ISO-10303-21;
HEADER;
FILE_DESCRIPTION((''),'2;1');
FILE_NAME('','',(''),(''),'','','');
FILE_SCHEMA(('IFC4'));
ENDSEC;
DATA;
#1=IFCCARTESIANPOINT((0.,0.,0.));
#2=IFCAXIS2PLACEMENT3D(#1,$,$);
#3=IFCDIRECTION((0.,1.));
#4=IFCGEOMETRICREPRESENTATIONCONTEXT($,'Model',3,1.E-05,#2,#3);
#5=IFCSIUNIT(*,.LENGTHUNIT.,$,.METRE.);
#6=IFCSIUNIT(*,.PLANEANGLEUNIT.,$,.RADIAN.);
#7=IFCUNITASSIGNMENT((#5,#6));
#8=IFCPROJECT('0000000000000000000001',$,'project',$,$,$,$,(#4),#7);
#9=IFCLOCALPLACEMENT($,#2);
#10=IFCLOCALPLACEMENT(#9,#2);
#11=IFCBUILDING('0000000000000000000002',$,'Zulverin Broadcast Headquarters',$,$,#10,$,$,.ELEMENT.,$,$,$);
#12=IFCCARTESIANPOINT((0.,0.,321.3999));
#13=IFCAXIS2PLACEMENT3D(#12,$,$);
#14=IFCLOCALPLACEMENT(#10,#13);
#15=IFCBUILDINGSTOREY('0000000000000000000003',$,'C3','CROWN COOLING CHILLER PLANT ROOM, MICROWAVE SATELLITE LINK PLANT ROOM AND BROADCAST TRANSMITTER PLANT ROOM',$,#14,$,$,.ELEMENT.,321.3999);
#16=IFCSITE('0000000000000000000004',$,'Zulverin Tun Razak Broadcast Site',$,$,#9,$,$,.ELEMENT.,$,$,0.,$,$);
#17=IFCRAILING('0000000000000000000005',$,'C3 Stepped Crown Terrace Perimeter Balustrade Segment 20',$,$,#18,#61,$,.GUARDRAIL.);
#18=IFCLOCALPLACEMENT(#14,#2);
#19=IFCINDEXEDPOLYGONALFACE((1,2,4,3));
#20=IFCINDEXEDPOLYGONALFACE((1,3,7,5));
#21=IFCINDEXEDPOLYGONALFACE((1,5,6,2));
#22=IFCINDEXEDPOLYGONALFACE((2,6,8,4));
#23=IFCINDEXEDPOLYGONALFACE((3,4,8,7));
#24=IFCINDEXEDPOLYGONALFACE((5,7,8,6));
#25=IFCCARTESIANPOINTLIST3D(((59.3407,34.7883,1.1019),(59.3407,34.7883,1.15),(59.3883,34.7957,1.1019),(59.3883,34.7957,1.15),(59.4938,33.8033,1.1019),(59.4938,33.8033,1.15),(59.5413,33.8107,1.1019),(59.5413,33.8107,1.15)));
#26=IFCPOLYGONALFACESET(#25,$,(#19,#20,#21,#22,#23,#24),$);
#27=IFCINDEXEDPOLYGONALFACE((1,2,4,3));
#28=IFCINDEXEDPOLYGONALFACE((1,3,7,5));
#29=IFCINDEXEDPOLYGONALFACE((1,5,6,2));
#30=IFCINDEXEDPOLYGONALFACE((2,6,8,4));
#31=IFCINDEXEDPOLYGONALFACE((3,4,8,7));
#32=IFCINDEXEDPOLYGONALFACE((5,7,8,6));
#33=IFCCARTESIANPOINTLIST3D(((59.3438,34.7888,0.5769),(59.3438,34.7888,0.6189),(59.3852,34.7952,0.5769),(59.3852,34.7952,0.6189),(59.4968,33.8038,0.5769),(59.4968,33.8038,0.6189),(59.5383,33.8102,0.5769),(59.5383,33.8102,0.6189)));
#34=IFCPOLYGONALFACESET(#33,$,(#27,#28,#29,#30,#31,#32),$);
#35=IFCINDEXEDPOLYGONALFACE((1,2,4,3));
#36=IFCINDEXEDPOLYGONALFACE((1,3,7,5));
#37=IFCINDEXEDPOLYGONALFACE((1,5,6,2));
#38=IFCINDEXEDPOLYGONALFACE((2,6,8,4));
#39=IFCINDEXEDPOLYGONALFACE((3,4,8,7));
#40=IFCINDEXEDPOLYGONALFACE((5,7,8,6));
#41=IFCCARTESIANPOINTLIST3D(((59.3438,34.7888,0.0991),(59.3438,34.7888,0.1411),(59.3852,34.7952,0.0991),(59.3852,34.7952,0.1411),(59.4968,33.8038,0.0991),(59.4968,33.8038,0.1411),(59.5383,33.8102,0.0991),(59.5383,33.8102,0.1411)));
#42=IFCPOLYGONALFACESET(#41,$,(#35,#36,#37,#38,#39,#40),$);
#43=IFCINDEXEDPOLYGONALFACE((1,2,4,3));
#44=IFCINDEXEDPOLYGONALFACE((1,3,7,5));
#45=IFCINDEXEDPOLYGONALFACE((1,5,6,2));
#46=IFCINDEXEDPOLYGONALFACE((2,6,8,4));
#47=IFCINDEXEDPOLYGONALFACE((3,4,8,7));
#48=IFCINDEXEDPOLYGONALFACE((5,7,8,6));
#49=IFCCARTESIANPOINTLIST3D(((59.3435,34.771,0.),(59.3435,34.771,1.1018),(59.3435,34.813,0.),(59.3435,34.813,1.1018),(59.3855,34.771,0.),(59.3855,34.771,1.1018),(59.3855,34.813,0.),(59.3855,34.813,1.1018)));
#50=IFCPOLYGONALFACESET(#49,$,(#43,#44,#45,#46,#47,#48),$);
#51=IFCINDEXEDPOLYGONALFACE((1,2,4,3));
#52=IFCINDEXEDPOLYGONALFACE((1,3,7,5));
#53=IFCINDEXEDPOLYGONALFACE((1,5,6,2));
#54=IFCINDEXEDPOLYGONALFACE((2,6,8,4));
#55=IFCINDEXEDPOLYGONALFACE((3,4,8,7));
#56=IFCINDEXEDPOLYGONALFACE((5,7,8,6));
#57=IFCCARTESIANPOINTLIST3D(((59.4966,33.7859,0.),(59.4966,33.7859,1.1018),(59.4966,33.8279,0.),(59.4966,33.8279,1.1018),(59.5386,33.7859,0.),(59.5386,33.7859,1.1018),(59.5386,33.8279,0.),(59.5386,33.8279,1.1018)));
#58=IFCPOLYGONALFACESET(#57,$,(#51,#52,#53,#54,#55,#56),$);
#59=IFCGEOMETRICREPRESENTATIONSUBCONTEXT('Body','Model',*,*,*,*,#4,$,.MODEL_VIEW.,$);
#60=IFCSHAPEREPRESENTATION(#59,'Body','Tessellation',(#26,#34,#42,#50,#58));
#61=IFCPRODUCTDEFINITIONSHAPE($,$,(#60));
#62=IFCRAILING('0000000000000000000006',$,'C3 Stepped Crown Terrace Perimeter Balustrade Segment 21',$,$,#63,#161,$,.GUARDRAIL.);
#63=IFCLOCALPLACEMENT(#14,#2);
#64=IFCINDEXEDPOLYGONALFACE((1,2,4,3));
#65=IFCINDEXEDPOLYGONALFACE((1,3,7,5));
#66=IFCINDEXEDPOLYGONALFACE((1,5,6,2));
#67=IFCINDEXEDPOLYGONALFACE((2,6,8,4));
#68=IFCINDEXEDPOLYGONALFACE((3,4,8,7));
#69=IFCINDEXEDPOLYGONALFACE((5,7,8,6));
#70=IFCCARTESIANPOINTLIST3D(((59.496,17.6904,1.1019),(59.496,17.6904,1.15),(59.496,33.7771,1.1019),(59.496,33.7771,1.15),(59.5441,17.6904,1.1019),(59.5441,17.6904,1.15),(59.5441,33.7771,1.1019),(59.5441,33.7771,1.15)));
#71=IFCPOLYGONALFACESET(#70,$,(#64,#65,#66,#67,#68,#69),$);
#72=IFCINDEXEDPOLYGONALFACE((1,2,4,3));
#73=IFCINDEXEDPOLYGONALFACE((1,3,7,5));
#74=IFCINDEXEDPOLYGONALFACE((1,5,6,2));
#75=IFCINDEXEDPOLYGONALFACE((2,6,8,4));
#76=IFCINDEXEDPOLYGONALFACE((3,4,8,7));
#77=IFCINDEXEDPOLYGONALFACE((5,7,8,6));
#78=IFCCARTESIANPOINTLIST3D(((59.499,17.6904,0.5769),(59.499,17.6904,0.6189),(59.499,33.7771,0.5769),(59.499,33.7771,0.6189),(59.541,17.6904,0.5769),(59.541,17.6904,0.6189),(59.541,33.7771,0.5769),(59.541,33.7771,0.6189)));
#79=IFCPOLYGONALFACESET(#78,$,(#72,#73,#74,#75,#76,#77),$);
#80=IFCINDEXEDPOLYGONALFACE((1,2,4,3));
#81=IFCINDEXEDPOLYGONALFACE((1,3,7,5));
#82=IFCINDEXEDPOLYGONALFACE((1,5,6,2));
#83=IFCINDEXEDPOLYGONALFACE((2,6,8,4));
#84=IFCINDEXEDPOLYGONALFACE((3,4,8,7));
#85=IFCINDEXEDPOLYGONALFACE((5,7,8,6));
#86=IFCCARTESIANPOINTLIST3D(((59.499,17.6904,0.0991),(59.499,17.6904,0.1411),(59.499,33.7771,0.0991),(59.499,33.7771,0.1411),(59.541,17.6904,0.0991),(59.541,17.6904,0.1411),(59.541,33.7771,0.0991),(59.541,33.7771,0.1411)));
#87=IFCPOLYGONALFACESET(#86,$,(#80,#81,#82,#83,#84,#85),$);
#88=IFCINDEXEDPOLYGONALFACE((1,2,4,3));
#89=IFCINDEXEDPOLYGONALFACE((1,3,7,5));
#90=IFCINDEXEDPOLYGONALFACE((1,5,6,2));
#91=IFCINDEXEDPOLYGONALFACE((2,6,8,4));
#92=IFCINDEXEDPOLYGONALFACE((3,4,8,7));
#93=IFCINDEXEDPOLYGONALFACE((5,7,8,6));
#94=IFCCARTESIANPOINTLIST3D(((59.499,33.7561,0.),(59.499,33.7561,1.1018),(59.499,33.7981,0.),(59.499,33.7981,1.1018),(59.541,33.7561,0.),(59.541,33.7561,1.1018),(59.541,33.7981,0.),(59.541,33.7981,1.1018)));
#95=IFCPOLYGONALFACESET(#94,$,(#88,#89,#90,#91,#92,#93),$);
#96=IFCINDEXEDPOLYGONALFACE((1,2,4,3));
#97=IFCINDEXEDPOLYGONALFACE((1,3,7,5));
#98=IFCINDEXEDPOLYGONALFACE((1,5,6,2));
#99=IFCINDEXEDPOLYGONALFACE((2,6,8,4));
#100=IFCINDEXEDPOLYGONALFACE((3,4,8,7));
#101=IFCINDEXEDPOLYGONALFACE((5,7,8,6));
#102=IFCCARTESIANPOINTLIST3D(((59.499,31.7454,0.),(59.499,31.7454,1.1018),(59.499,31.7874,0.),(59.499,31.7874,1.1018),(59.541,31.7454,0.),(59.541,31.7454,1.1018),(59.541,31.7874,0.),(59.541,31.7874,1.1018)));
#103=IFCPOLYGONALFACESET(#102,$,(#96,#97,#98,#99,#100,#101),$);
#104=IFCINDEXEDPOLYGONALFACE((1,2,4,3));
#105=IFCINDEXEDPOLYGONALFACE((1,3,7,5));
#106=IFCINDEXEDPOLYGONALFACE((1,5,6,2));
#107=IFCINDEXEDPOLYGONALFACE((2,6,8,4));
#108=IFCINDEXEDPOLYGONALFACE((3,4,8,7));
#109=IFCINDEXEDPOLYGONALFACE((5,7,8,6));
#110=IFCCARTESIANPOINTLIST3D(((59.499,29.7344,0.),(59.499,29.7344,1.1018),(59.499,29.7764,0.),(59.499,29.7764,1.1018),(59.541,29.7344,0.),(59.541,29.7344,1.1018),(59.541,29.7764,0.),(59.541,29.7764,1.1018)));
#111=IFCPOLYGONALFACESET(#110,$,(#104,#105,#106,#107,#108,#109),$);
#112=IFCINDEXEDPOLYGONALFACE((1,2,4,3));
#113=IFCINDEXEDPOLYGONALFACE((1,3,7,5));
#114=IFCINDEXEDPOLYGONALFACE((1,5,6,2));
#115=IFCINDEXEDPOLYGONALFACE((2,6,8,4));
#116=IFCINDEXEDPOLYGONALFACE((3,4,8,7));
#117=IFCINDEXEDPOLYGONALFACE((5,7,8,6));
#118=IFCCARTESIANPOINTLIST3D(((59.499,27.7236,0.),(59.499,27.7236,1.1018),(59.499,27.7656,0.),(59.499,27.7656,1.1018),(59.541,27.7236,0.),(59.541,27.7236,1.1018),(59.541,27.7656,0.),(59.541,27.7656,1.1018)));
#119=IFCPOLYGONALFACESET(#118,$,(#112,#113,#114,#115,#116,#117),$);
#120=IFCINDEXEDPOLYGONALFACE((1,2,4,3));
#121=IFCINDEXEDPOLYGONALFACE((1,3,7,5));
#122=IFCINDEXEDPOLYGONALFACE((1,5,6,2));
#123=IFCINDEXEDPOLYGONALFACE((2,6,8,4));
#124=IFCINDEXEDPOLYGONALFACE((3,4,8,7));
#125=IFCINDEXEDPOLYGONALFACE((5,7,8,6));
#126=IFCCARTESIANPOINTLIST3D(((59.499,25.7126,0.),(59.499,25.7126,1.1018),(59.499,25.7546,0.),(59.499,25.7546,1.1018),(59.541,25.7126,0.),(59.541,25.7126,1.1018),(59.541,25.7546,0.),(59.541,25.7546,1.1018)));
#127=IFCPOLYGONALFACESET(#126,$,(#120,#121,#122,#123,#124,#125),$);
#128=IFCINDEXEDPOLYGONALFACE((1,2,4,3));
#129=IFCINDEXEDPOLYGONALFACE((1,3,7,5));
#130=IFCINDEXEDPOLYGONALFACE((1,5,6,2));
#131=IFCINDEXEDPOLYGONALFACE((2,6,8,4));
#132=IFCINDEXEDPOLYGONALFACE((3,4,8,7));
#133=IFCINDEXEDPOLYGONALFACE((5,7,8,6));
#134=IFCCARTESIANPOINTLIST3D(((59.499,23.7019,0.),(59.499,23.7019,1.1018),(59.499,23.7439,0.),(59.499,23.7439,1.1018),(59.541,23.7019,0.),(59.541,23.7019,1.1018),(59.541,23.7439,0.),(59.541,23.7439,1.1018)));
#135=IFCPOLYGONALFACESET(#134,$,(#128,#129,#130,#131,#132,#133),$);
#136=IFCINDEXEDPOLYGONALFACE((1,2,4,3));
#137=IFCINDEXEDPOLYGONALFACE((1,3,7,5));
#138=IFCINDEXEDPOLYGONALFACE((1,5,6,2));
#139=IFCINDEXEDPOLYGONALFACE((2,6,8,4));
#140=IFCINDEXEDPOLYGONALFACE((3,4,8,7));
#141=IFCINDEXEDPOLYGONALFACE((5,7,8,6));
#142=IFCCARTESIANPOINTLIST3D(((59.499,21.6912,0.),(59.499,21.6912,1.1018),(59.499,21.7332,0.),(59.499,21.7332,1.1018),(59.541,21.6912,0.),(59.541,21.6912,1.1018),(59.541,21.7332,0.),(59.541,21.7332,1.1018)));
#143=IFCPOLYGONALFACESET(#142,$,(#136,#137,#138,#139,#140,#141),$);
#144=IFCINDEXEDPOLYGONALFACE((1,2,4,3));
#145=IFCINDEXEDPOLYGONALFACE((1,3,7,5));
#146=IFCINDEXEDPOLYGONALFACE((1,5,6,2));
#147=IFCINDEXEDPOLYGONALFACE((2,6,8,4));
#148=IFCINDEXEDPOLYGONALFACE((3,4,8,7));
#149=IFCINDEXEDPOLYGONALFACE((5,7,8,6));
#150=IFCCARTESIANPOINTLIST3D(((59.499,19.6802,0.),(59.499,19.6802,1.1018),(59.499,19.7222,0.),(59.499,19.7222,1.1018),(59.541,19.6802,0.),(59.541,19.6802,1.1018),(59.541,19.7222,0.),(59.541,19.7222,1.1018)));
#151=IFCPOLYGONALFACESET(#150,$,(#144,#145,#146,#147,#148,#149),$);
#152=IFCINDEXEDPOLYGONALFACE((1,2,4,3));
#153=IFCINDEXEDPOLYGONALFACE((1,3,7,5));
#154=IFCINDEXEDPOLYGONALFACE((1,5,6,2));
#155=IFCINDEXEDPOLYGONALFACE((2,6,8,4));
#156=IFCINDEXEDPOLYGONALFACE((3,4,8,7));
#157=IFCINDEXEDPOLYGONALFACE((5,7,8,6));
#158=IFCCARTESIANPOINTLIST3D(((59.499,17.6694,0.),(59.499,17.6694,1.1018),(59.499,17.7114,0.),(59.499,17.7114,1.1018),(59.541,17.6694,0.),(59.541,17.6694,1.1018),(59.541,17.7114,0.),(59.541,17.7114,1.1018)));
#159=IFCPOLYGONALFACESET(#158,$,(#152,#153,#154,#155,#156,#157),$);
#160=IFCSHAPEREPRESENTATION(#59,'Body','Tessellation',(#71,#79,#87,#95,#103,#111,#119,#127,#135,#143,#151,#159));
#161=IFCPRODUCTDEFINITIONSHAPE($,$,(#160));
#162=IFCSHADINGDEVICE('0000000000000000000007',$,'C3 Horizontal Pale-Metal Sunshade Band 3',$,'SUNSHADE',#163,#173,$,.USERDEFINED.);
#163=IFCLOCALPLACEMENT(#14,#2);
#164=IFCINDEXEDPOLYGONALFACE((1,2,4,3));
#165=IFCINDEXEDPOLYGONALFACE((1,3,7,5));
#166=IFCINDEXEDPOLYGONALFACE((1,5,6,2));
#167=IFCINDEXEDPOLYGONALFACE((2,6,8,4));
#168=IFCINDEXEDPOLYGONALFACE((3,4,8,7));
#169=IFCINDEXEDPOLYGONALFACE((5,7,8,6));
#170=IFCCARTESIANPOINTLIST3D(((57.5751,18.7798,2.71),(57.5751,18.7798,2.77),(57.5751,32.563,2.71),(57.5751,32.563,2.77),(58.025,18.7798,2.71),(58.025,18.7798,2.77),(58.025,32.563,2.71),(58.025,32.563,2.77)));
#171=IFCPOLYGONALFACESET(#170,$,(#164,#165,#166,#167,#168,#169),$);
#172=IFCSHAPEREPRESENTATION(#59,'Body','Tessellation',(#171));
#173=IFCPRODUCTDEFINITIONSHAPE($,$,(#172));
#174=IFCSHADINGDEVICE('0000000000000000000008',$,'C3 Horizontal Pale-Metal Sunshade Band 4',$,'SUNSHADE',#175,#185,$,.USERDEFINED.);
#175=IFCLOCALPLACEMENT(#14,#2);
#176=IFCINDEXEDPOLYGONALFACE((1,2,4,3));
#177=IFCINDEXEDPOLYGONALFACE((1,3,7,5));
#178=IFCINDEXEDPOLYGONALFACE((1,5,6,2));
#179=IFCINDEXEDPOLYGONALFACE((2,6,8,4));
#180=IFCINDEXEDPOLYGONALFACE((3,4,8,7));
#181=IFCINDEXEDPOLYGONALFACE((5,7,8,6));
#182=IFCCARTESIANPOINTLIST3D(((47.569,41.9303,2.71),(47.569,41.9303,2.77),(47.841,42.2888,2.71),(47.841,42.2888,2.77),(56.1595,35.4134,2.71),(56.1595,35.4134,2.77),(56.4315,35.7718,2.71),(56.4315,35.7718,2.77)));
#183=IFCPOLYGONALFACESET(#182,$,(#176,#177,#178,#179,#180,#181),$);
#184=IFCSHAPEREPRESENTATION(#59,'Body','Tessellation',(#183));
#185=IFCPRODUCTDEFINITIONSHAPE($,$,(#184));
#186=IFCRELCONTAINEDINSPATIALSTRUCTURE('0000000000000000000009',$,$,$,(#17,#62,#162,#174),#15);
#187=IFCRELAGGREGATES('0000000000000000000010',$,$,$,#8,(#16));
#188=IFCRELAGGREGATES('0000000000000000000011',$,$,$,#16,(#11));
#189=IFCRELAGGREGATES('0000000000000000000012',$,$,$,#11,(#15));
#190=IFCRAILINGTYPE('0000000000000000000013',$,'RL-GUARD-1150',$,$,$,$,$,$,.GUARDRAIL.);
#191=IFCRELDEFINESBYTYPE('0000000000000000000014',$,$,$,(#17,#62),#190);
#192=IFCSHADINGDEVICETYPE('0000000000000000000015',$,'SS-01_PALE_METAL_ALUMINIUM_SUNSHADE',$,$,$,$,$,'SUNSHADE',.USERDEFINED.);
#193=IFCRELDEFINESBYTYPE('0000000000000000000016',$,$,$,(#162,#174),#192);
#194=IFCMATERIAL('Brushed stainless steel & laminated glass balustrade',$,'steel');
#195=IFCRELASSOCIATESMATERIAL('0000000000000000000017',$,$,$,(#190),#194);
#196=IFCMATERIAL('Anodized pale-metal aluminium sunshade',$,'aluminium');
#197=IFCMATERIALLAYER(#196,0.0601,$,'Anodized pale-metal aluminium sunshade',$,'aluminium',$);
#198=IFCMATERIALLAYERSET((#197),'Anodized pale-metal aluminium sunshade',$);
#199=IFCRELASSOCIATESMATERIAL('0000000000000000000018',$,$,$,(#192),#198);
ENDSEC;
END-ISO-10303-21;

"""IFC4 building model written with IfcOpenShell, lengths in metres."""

from ifc_helpers import new_model, si_unit, direction, frame, origin, origin_2d, place, context, subcontext, project, spatial, rectangle, extrude, material, layer, layer_set, type_object, element, save


model = new_model("IFC4")

# Units and contexts
model_context = context("Model", 3, precision=1e-05, world=origin(), true_north=direction((0.0, 1.0)))
body_context = subcontext(model_context, "Body", "Model", "MODEL_VIEW")
ifc_project = project(units=[si_unit("LENGTHUNIT", "METRE"), si_unit("PLANEANGLEUNIT", "RADIAN")], contexts=[model_context])

# Site, building, storey
site_placement = place(None, origin())
site = spatial("IfcSite", under=ifc_project, at=site_placement, Name="Zulverin Tun Razak Broadcast Site", CompositionType="ELEMENT", RefElevation=0.0)
building_placement = place(site_placement, origin())
building = spatial("IfcBuilding", under=site, at=building_placement, Name="Zulverin Broadcast Headquarters", CompositionType="ELEMENT")
storey_placement = place(building_placement, frame((0.0, 0.0, 321.3999)))
storey = spatial("IfcBuildingStorey", under=building, at=storey_placement, Name="C3", Description="CROWN COOLING CHILLER PLANT ROOM, MICROWAVE SATELLITE LINK PLANT ROOM AND BROADCAST TRANSMITTER PLANT ROOM", CompositionType="ELEMENT", Elevation=321.3999)

# Railings
ifc_material_1 = material(Name="Brushed stainless steel & laminated glass balustrade", Category="steel")
railing_type = type_object("IfcRailingType", Name="RL-GUARD-1150", PredefinedType="GUARDRAIL", material=ifc_material_1)
railing_1_placement = place(storey_placement, frame((59.3645, 34.792, 0.0)))
element("IfcRailing", 1, at=railing_1_placement, inside=storey, type_object=railing_type, Name="C3 Stepped Crown Terrace Perimeter Balustrade Segment 20", PredefinedType="GUARDRAIL", context=body_context, shape_type="SweptSolid", body=[
    extrude(rectangle(XDim=0.0481, YDim=0.0481, at=origin_2d()), frame((0.0, 0.0, 1.126), z_axis=(0.153548, -0.988141, 0.0), x_axis=(0.988141, 0.153548, 0.0)), (0.0, 0.0, 1.0), 0.9968),
    extrude(rectangle(XDim=0.042, YDim=0.042, at=origin_2d()), frame((0.0, 0.0, 0.5979), z_axis=(0.153548, -0.988141, 0.0), x_axis=(0.988141, 0.153548, 0.0)), (0.0, 0.0, 1.0), 0.9968),
    extrude(rectangle(XDim=0.042, YDim=0.042, at=origin_2d()), frame((0.0, 0.0, 0.1201), z_axis=(0.153548, -0.988141, 0.0), x_axis=(0.988141, 0.153548, 0.0)), (0.0, 0.0, 1.0), 0.9968),
    extrude(rectangle(XDim=0.042, YDim=0.042, at=origin_2d()), origin(), (0.0, 0.0, 1.0), 1.1018),
    extrude(rectangle(XDim=0.042, YDim=0.042, at=origin_2d()), frame((0.1531, -0.9851, 0.0)), (0.0, 0.0, 1.0), 1.1018),
])
railing_2_placement = place(storey_placement, frame((59.52, 33.7771, 0.0)))
element("IfcRailing", 2, at=railing_2_placement, inside=storey, type_object=railing_type, Name="C3 Stepped Crown Terrace Perimeter Balustrade Segment 21", PredefinedType="GUARDRAIL", context=body_context, shape_type="SweptSolid", body=[
    extrude(rectangle(XDim=0.0481, YDim=0.0481, at=origin_2d()), frame((0.0, 0.0, 1.126), z_axis=(0.0, -1.0, 0.0), x_axis=(1.0, 0.0, 0.0)), (0.0, 0.0, 1.0), 16.0867),
    extrude(rectangle(XDim=0.042, YDim=0.042, at=origin_2d()), frame((0.0, 0.0, 0.5979), z_axis=(0.0, -1.0, 0.0), x_axis=(1.0, 0.0, 0.0)), (0.0, 0.0, 1.0), 16.0867),
    extrude(rectangle(XDim=0.042, YDim=0.042, at=origin_2d()), frame((0.0, 0.0, 0.1201), z_axis=(0.0, -1.0, 0.0), x_axis=(1.0, 0.0, 0.0)), (0.0, 0.0, 1.0), 16.0867),
    extrude(rectangle(XDim=0.042, YDim=0.042, at=origin_2d()), origin(), (0.0, 0.0, 1.0), 1.1018),
    extrude(rectangle(XDim=0.042, YDim=0.042, at=origin_2d()), frame((0.0, -2.0107, 0.0)), (0.0, 0.0, 1.0), 1.1018),
    extrude(rectangle(XDim=0.042, YDim=0.042, at=origin_2d()), frame((0.0, -4.0217, 0.0)), (0.0, 0.0, 1.0), 1.1018),
    extrude(rectangle(XDim=0.042, YDim=0.042, at=origin_2d()), frame((0.0, -6.0325, 0.0)), (0.0, 0.0, 1.0), 1.1018),
    extrude(rectangle(XDim=0.042, YDim=0.042, at=origin_2d()), frame((0.0, -8.0435, 0.0)), (0.0, 0.0, 1.0), 1.1018),
    extrude(rectangle(XDim=0.042, YDim=0.042, at=origin_2d()), frame((0.0, -10.0542, 0.0)), (0.0, 0.0, 1.0), 1.1018),
    extrude(rectangle(XDim=0.042, YDim=0.042, at=origin_2d()), frame((0.0, -12.0649, 0.0)), (0.0, 0.0, 1.0), 1.1018),
    extrude(rectangle(XDim=0.042, YDim=0.042, at=origin_2d()), frame((0.0, -14.0759, 0.0)), (0.0, 0.0, 1.0), 1.1018),
    extrude(rectangle(XDim=0.042, YDim=0.042, at=origin_2d()), frame((0.0, -16.0867, 0.0)), (0.0, 0.0, 1.0), 1.1018),
])

# Shading devices
ifc_material_2 = material(Name="Anodized pale-metal aluminium sunshade", Category="aluminium")
ifc_layer_1 = layer(ifc_material_2, 0.0601, Name="Anodized pale-metal aluminium sunshade", Category="aluminium")
ifc_layer_set_1 = layer_set([ifc_layer_1], Name="Anodized pale-metal aluminium sunshade")
shading_device_type = type_object("IfcShadingDeviceType", Name="SS-01_PALE_METAL_ALUMINIUM_SUNSHADE", ElementType="SUNSHADE", PredefinedType="USERDEFINED", material=ifc_layer_set_1)
shading_device_1_placement = place(storey_placement, frame((57.8, 25.6714, 2.71), z_axis=(0.0, 0.0, 1.0), x_axis=(0.0, 1.0, 0.0)))
element("IfcShadingDevice", 3, at=shading_device_1_placement, inside=storey, type_object=shading_device_type, Name="C3 Horizontal Pale-Metal Sunshade Band 3", ObjectType="SUNSHADE", PredefinedType="USERDEFINED", context=body_context, shape_type="SweptSolid", body=[
    extrude(rectangle(XDim=13.7832, YDim=0.45, at=origin_2d()), origin(), (0.0, 0.0, 1.0), 0.0601),
])
shading_device_2_placement = place(storey_placement, frame((52.0002, 38.8511, 2.71), z_axis=(0.0, 0.0, 1.0), x_axis=(-0.796691, 0.604386, 0.0)))
element("IfcShadingDevice", 4, at=shading_device_2_placement, inside=storey, type_object=shading_device_type, Name="C3 Horizontal Pale-Metal Sunshade Band 4", ObjectType="SUNSHADE", PredefinedType="USERDEFINED", context=body_context, shape_type="SweptSolid", body=[
    extrude(rectangle(XDim=10.7827, YDim=0.45, at=origin_2d()), origin(), (0.0, 0.0, 1.0), 0.0601),
])

save(model, "model.ifc")
